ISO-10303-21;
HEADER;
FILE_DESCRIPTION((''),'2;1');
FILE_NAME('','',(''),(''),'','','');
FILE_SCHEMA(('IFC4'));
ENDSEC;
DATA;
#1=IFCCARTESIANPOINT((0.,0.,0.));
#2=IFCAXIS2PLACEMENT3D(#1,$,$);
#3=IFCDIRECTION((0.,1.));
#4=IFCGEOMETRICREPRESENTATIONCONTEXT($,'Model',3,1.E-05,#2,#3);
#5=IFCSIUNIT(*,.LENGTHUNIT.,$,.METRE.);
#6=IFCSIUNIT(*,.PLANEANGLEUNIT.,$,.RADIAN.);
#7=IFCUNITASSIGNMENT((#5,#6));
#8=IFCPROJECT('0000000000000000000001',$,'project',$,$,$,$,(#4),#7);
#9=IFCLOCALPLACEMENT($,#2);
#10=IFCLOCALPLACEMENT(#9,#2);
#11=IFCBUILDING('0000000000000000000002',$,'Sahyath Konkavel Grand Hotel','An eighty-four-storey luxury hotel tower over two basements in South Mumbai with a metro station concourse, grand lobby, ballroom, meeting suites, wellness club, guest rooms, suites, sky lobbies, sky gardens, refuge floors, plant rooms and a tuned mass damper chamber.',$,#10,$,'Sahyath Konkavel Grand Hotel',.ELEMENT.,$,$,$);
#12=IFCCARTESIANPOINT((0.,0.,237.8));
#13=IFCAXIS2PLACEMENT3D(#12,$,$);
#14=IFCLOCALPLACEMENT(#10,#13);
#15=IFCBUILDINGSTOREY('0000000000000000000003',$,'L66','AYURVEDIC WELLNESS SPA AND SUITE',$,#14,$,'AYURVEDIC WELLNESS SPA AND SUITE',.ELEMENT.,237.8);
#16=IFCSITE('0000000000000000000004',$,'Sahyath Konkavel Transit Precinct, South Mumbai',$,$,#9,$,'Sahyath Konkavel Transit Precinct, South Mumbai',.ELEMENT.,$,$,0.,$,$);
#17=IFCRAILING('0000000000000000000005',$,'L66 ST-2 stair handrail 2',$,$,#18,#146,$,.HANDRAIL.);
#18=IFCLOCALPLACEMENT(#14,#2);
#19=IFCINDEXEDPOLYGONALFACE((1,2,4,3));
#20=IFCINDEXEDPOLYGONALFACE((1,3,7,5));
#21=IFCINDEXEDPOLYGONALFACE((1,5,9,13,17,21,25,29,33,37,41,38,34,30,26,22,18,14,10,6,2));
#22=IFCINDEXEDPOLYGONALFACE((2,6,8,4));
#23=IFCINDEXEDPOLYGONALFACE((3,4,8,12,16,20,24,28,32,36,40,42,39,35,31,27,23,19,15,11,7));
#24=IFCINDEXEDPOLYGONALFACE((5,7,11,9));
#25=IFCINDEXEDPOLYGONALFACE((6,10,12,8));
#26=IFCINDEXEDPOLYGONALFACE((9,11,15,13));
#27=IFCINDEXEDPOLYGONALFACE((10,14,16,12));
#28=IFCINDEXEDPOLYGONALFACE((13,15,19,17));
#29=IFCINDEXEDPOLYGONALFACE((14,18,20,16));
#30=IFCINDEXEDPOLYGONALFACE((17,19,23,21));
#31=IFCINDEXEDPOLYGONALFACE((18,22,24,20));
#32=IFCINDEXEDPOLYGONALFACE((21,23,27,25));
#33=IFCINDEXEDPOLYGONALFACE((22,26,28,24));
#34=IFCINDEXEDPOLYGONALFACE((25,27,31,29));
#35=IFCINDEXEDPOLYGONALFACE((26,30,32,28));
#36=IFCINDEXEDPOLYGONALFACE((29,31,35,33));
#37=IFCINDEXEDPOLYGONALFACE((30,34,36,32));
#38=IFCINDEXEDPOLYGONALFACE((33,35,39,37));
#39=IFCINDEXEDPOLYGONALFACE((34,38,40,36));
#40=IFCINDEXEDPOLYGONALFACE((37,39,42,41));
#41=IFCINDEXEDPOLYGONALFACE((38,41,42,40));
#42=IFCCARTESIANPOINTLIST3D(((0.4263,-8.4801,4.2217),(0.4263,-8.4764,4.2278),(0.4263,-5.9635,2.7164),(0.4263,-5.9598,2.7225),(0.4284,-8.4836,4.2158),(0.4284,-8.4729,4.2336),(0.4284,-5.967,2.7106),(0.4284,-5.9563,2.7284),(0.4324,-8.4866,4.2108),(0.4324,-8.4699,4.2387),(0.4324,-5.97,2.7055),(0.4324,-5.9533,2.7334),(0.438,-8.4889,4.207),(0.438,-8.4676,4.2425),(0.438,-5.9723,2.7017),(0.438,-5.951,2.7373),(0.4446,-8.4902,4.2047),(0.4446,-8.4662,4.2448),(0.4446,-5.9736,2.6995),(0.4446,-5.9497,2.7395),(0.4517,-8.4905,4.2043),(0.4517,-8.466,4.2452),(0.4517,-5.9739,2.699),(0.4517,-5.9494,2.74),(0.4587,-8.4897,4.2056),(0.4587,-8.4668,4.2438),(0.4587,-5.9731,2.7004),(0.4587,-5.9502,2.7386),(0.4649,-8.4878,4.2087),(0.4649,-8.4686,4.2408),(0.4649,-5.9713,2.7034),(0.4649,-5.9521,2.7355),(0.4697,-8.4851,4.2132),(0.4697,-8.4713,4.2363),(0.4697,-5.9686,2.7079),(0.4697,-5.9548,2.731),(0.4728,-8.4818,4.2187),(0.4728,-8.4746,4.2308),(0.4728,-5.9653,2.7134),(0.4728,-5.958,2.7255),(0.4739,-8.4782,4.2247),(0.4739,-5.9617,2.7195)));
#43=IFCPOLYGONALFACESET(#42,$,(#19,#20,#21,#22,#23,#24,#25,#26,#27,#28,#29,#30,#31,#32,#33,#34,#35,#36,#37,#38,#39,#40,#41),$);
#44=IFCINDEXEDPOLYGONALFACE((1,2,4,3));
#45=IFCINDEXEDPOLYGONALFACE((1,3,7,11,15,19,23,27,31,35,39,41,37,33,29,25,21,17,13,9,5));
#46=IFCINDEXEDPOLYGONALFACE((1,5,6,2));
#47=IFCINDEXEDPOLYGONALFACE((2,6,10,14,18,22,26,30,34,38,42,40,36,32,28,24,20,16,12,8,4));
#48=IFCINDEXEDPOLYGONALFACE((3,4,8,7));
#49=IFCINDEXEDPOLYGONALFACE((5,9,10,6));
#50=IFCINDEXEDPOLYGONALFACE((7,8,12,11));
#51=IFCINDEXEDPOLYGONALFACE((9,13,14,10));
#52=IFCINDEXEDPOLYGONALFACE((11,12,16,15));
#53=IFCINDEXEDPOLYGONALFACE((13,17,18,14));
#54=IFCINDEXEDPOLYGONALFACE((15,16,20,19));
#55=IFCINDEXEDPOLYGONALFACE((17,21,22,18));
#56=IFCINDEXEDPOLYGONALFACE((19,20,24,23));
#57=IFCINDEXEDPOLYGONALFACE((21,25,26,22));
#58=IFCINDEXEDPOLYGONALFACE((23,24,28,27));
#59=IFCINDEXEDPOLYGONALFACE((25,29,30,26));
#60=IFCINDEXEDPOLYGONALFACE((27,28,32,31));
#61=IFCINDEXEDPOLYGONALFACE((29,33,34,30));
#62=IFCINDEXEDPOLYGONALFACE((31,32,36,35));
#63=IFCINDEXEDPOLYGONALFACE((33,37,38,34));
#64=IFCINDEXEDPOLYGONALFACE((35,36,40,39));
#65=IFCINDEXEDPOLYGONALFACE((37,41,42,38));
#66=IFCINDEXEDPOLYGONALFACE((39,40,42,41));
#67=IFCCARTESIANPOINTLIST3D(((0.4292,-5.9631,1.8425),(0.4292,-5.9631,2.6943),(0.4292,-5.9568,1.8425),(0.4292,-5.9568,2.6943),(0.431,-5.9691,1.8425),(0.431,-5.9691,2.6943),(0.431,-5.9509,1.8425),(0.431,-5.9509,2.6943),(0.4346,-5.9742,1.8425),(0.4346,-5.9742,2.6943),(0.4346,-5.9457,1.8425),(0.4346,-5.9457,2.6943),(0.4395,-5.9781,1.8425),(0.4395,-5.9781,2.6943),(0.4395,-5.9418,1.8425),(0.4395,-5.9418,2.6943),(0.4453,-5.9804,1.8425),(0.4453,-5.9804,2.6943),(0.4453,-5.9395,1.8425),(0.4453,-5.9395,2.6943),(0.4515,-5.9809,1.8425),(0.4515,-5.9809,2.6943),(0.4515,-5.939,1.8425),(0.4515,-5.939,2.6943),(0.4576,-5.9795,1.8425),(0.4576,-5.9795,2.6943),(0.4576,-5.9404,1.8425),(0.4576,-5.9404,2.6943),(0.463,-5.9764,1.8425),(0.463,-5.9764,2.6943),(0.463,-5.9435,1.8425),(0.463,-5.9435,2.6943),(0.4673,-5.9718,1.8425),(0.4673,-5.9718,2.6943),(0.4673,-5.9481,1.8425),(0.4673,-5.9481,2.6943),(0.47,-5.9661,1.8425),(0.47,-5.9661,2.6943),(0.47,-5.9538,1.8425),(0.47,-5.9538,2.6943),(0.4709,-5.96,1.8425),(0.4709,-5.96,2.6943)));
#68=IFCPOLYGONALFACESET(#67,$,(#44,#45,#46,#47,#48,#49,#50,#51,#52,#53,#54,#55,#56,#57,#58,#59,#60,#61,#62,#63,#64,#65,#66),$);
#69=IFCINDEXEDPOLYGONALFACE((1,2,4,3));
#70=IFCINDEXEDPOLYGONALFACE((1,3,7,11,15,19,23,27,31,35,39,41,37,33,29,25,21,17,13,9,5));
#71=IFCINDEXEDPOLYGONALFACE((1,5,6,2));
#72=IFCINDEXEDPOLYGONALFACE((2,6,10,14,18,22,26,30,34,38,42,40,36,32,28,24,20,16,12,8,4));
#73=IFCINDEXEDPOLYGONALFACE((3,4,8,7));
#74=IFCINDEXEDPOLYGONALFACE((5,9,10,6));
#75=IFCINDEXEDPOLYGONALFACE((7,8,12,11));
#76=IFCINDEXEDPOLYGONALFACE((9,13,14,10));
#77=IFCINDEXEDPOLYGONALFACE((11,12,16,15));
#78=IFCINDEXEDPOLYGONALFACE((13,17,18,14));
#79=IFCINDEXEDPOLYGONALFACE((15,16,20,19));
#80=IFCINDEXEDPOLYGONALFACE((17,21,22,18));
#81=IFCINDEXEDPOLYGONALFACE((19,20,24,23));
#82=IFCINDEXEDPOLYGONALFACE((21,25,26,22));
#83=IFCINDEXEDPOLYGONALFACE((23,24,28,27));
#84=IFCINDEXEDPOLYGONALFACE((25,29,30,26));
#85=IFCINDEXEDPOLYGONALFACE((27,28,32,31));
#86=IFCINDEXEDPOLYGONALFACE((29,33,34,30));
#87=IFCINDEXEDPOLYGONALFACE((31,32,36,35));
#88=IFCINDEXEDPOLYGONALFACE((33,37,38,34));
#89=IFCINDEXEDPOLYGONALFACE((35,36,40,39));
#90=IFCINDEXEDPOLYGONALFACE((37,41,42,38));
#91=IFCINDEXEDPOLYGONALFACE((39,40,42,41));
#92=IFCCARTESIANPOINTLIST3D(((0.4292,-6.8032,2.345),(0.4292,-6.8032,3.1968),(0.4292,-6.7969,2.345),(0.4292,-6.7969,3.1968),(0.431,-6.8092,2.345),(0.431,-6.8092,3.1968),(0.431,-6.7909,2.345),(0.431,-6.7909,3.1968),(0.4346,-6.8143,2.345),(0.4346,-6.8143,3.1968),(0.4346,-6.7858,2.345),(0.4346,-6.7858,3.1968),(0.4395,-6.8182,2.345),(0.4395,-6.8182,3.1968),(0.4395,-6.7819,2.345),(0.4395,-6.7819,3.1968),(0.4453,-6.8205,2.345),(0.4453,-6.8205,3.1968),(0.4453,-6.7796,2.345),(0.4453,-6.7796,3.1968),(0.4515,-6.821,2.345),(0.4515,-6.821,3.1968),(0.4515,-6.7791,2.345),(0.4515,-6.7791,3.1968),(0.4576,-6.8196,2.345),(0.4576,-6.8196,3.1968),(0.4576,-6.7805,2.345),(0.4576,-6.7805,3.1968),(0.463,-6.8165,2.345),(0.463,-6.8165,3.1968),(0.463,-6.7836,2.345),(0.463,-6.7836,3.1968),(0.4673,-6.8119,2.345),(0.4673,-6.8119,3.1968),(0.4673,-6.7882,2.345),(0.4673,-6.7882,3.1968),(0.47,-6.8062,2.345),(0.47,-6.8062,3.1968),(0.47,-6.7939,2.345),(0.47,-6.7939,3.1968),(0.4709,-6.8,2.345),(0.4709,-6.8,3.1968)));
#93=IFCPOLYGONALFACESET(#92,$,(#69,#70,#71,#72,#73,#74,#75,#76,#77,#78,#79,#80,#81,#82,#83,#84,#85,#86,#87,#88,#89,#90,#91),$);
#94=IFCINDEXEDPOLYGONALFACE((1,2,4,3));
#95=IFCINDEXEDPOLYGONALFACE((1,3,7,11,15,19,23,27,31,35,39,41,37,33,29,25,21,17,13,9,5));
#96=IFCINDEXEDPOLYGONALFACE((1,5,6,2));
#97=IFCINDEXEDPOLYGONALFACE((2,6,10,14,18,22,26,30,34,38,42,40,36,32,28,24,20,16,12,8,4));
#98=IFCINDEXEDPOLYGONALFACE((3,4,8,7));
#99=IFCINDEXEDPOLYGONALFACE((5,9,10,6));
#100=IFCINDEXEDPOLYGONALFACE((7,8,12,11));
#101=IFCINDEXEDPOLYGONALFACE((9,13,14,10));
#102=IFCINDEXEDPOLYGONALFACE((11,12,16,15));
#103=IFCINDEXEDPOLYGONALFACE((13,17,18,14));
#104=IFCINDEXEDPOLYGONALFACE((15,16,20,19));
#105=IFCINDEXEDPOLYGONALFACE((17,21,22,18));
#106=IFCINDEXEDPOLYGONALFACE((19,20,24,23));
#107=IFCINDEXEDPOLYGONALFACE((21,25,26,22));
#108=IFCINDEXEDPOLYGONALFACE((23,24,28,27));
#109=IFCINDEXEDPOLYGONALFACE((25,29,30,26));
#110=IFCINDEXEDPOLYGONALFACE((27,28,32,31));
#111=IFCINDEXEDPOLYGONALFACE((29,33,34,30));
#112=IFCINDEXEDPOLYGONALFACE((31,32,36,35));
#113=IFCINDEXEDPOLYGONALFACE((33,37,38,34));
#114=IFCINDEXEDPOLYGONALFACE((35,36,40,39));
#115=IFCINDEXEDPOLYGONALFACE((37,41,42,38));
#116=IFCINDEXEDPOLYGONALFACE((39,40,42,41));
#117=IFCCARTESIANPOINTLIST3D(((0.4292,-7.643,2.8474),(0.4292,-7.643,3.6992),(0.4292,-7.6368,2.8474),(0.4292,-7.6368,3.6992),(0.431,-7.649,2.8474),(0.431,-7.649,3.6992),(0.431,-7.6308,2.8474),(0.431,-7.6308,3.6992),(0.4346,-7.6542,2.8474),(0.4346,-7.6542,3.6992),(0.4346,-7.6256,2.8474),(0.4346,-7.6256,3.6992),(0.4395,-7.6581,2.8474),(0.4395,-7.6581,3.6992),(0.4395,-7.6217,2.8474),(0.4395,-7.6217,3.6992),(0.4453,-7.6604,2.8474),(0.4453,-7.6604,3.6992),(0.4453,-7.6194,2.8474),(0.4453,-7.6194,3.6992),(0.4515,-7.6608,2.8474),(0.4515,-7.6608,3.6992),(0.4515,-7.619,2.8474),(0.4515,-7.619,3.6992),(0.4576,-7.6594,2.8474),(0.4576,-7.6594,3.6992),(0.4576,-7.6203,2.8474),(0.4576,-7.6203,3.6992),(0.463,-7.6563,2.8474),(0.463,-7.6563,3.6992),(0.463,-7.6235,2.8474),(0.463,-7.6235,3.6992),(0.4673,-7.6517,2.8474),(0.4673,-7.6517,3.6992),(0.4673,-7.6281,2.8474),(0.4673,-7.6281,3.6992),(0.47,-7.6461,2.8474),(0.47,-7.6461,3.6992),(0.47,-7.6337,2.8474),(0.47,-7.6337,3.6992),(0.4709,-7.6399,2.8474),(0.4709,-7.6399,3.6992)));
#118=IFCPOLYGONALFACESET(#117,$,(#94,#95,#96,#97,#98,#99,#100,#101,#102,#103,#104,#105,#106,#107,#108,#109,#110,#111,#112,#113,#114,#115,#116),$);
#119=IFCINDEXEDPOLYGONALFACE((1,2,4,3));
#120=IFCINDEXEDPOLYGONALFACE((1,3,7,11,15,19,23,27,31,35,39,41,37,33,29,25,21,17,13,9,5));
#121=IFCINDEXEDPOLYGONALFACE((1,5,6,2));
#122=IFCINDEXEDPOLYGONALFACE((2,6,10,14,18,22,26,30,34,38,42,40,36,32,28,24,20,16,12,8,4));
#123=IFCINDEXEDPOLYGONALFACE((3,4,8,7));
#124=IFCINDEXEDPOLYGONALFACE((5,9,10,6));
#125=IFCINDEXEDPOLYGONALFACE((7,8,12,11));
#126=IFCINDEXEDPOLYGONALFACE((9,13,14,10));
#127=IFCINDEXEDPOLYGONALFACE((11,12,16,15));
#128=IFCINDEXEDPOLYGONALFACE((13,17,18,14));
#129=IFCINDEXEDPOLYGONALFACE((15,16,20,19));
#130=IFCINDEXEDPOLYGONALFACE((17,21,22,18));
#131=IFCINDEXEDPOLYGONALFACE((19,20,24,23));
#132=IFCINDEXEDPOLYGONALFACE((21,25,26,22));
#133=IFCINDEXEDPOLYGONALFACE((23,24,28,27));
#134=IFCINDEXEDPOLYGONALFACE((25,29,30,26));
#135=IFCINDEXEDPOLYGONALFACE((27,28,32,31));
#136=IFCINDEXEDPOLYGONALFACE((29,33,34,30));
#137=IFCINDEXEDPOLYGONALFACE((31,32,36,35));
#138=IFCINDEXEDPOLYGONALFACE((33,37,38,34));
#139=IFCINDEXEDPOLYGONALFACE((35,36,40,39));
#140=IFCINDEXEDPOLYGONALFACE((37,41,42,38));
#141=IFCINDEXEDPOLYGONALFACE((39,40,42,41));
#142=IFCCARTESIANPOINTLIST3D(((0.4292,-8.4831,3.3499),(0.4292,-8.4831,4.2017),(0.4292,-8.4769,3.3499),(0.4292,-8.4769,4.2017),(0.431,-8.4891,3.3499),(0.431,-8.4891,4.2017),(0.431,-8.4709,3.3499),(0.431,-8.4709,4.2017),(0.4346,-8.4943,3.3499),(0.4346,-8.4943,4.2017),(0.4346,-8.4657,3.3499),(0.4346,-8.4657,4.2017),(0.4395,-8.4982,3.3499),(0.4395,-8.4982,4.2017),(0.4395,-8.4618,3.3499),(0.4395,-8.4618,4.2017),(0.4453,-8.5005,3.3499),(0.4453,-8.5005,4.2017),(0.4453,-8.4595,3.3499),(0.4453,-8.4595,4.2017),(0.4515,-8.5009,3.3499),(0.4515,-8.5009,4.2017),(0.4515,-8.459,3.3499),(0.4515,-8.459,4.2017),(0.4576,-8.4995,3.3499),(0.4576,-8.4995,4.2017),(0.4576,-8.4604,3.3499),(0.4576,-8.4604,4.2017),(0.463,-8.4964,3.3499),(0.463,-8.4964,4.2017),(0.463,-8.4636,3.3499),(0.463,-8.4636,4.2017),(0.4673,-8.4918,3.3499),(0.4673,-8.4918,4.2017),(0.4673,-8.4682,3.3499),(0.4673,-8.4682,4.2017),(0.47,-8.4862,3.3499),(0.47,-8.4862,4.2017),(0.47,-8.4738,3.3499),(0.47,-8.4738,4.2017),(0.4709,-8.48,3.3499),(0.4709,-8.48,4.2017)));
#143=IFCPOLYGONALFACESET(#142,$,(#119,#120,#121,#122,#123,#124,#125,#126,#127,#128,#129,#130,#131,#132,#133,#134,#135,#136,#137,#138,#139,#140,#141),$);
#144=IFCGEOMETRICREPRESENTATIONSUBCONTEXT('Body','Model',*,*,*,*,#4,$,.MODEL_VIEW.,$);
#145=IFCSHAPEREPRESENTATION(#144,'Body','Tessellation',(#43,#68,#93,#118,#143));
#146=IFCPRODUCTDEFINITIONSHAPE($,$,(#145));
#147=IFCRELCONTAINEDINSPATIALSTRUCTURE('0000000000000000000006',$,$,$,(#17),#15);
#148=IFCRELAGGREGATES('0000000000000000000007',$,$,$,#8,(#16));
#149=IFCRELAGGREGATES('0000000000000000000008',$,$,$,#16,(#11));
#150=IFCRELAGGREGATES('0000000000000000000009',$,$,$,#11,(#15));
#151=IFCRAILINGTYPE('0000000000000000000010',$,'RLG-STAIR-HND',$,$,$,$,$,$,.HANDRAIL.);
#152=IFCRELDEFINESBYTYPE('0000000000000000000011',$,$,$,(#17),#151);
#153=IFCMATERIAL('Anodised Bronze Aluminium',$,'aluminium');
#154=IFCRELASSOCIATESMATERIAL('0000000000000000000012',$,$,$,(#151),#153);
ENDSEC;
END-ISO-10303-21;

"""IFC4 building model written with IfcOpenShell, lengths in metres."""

from ifc_helpers import new_model, si_unit, direction, frame, origin, origin_2d, place, context, subcontext, project, spatial, circle, extrude, material, type_object, element, save


model = new_model("IFC4")

# Units and contexts
model_context = context("Model", 3, precision=1e-05, world=origin(), true_north=direction((0.0, 1.0)))
body_context = subcontext(model_context, "Body", "Model", "MODEL_VIEW")
ifc_project = project(units=[si_unit("LENGTHUNIT", "METRE"), si_unit("PLANEANGLEUNIT", "RADIAN")], contexts=[model_context])

# Site, building, storey
site_placement = place(None, origin())
site = spatial("IfcSite", under=ifc_project, at=site_placement, Name="Sahyath Konkavel Transit Precinct, South Mumbai", LongName="Sahyath Konkavel Transit Precinct, South Mumbai", CompositionType="ELEMENT", RefElevation=0.0)
building_placement = place(site_placement, origin())
building = spatial("IfcBuilding", under=site, at=building_placement, Name="Sahyath Konkavel Grand Hotel", Description="An eighty-four-storey luxury hotel tower over two basements in South Mumbai with a metro station concourse, grand lobby, ballroom, meeting suites, wellness club, guest rooms, suites, sky lobbies, sky gardens, refuge floors, plant rooms and a tuned mass damper chamber.", LongName="Sahyath Konkavel Grand Hotel", CompositionType="ELEMENT")
storey_placement = place(building_placement, frame((0.0, 0.0, 237.8)))
storey = spatial("IfcBuildingStorey", under=building, at=storey_placement, Name="L66", Description="AYURVEDIC WELLNESS SPA AND SUITE", LongName="AYURVEDIC WELLNESS SPA AND SUITE", CompositionType="ELEMENT", Elevation=237.8)

# Shared definitions
ifc_material_1 = material(Name="Anodised Bronze Aluminium", Category="aluminium")

# Railing
railing_type_1 = type_object("IfcRailingType", Name="RLG-STAIR-HND", PredefinedType="HANDRAIL", material=ifc_material_1)
railing_1_placement = place(storey_placement, frame((0.45, -5.96, 1.8425)))
element("IfcRailing", 1, at=railing_1_placement, inside=storey, type_object=railing_type_1, Name="L66 ST-2 stair handrail 2", PredefinedType="HANDRAIL", context=body_context, shape_type="SweptSolid", body=[
    extrude(circle(Radius=0.0239, at=origin_2d()), frame((0.0, -0.0017, 0.877), z_axis=(0.0, -0.858196, 0.513321), x_axis=(1.0, 0.0, 0.0)), (0.0, 0.0, 1.0), 2.9324),
    extrude(circle(Radius=0.021, at=origin_2d()), origin(), (0.0, 0.0, 1.0), 0.8518),
    extrude(circle(Radius=0.021, at=origin_2d()), frame((0.0, -0.8401, 0.5024)), (0.0, 0.0, 1.0), 0.8518),
    extrude(circle(Radius=0.021, at=origin_2d()), frame((0.0, -1.6799, 1.0049)), (0.0, 0.0, 1.0), 0.8518),
    extrude(circle(Radius=0.021, at=origin_2d()), frame((0.0, -2.52, 1.5073)), (0.0, 0.0, 1.0), 0.8518),
])

save(model, "model.ifc")
